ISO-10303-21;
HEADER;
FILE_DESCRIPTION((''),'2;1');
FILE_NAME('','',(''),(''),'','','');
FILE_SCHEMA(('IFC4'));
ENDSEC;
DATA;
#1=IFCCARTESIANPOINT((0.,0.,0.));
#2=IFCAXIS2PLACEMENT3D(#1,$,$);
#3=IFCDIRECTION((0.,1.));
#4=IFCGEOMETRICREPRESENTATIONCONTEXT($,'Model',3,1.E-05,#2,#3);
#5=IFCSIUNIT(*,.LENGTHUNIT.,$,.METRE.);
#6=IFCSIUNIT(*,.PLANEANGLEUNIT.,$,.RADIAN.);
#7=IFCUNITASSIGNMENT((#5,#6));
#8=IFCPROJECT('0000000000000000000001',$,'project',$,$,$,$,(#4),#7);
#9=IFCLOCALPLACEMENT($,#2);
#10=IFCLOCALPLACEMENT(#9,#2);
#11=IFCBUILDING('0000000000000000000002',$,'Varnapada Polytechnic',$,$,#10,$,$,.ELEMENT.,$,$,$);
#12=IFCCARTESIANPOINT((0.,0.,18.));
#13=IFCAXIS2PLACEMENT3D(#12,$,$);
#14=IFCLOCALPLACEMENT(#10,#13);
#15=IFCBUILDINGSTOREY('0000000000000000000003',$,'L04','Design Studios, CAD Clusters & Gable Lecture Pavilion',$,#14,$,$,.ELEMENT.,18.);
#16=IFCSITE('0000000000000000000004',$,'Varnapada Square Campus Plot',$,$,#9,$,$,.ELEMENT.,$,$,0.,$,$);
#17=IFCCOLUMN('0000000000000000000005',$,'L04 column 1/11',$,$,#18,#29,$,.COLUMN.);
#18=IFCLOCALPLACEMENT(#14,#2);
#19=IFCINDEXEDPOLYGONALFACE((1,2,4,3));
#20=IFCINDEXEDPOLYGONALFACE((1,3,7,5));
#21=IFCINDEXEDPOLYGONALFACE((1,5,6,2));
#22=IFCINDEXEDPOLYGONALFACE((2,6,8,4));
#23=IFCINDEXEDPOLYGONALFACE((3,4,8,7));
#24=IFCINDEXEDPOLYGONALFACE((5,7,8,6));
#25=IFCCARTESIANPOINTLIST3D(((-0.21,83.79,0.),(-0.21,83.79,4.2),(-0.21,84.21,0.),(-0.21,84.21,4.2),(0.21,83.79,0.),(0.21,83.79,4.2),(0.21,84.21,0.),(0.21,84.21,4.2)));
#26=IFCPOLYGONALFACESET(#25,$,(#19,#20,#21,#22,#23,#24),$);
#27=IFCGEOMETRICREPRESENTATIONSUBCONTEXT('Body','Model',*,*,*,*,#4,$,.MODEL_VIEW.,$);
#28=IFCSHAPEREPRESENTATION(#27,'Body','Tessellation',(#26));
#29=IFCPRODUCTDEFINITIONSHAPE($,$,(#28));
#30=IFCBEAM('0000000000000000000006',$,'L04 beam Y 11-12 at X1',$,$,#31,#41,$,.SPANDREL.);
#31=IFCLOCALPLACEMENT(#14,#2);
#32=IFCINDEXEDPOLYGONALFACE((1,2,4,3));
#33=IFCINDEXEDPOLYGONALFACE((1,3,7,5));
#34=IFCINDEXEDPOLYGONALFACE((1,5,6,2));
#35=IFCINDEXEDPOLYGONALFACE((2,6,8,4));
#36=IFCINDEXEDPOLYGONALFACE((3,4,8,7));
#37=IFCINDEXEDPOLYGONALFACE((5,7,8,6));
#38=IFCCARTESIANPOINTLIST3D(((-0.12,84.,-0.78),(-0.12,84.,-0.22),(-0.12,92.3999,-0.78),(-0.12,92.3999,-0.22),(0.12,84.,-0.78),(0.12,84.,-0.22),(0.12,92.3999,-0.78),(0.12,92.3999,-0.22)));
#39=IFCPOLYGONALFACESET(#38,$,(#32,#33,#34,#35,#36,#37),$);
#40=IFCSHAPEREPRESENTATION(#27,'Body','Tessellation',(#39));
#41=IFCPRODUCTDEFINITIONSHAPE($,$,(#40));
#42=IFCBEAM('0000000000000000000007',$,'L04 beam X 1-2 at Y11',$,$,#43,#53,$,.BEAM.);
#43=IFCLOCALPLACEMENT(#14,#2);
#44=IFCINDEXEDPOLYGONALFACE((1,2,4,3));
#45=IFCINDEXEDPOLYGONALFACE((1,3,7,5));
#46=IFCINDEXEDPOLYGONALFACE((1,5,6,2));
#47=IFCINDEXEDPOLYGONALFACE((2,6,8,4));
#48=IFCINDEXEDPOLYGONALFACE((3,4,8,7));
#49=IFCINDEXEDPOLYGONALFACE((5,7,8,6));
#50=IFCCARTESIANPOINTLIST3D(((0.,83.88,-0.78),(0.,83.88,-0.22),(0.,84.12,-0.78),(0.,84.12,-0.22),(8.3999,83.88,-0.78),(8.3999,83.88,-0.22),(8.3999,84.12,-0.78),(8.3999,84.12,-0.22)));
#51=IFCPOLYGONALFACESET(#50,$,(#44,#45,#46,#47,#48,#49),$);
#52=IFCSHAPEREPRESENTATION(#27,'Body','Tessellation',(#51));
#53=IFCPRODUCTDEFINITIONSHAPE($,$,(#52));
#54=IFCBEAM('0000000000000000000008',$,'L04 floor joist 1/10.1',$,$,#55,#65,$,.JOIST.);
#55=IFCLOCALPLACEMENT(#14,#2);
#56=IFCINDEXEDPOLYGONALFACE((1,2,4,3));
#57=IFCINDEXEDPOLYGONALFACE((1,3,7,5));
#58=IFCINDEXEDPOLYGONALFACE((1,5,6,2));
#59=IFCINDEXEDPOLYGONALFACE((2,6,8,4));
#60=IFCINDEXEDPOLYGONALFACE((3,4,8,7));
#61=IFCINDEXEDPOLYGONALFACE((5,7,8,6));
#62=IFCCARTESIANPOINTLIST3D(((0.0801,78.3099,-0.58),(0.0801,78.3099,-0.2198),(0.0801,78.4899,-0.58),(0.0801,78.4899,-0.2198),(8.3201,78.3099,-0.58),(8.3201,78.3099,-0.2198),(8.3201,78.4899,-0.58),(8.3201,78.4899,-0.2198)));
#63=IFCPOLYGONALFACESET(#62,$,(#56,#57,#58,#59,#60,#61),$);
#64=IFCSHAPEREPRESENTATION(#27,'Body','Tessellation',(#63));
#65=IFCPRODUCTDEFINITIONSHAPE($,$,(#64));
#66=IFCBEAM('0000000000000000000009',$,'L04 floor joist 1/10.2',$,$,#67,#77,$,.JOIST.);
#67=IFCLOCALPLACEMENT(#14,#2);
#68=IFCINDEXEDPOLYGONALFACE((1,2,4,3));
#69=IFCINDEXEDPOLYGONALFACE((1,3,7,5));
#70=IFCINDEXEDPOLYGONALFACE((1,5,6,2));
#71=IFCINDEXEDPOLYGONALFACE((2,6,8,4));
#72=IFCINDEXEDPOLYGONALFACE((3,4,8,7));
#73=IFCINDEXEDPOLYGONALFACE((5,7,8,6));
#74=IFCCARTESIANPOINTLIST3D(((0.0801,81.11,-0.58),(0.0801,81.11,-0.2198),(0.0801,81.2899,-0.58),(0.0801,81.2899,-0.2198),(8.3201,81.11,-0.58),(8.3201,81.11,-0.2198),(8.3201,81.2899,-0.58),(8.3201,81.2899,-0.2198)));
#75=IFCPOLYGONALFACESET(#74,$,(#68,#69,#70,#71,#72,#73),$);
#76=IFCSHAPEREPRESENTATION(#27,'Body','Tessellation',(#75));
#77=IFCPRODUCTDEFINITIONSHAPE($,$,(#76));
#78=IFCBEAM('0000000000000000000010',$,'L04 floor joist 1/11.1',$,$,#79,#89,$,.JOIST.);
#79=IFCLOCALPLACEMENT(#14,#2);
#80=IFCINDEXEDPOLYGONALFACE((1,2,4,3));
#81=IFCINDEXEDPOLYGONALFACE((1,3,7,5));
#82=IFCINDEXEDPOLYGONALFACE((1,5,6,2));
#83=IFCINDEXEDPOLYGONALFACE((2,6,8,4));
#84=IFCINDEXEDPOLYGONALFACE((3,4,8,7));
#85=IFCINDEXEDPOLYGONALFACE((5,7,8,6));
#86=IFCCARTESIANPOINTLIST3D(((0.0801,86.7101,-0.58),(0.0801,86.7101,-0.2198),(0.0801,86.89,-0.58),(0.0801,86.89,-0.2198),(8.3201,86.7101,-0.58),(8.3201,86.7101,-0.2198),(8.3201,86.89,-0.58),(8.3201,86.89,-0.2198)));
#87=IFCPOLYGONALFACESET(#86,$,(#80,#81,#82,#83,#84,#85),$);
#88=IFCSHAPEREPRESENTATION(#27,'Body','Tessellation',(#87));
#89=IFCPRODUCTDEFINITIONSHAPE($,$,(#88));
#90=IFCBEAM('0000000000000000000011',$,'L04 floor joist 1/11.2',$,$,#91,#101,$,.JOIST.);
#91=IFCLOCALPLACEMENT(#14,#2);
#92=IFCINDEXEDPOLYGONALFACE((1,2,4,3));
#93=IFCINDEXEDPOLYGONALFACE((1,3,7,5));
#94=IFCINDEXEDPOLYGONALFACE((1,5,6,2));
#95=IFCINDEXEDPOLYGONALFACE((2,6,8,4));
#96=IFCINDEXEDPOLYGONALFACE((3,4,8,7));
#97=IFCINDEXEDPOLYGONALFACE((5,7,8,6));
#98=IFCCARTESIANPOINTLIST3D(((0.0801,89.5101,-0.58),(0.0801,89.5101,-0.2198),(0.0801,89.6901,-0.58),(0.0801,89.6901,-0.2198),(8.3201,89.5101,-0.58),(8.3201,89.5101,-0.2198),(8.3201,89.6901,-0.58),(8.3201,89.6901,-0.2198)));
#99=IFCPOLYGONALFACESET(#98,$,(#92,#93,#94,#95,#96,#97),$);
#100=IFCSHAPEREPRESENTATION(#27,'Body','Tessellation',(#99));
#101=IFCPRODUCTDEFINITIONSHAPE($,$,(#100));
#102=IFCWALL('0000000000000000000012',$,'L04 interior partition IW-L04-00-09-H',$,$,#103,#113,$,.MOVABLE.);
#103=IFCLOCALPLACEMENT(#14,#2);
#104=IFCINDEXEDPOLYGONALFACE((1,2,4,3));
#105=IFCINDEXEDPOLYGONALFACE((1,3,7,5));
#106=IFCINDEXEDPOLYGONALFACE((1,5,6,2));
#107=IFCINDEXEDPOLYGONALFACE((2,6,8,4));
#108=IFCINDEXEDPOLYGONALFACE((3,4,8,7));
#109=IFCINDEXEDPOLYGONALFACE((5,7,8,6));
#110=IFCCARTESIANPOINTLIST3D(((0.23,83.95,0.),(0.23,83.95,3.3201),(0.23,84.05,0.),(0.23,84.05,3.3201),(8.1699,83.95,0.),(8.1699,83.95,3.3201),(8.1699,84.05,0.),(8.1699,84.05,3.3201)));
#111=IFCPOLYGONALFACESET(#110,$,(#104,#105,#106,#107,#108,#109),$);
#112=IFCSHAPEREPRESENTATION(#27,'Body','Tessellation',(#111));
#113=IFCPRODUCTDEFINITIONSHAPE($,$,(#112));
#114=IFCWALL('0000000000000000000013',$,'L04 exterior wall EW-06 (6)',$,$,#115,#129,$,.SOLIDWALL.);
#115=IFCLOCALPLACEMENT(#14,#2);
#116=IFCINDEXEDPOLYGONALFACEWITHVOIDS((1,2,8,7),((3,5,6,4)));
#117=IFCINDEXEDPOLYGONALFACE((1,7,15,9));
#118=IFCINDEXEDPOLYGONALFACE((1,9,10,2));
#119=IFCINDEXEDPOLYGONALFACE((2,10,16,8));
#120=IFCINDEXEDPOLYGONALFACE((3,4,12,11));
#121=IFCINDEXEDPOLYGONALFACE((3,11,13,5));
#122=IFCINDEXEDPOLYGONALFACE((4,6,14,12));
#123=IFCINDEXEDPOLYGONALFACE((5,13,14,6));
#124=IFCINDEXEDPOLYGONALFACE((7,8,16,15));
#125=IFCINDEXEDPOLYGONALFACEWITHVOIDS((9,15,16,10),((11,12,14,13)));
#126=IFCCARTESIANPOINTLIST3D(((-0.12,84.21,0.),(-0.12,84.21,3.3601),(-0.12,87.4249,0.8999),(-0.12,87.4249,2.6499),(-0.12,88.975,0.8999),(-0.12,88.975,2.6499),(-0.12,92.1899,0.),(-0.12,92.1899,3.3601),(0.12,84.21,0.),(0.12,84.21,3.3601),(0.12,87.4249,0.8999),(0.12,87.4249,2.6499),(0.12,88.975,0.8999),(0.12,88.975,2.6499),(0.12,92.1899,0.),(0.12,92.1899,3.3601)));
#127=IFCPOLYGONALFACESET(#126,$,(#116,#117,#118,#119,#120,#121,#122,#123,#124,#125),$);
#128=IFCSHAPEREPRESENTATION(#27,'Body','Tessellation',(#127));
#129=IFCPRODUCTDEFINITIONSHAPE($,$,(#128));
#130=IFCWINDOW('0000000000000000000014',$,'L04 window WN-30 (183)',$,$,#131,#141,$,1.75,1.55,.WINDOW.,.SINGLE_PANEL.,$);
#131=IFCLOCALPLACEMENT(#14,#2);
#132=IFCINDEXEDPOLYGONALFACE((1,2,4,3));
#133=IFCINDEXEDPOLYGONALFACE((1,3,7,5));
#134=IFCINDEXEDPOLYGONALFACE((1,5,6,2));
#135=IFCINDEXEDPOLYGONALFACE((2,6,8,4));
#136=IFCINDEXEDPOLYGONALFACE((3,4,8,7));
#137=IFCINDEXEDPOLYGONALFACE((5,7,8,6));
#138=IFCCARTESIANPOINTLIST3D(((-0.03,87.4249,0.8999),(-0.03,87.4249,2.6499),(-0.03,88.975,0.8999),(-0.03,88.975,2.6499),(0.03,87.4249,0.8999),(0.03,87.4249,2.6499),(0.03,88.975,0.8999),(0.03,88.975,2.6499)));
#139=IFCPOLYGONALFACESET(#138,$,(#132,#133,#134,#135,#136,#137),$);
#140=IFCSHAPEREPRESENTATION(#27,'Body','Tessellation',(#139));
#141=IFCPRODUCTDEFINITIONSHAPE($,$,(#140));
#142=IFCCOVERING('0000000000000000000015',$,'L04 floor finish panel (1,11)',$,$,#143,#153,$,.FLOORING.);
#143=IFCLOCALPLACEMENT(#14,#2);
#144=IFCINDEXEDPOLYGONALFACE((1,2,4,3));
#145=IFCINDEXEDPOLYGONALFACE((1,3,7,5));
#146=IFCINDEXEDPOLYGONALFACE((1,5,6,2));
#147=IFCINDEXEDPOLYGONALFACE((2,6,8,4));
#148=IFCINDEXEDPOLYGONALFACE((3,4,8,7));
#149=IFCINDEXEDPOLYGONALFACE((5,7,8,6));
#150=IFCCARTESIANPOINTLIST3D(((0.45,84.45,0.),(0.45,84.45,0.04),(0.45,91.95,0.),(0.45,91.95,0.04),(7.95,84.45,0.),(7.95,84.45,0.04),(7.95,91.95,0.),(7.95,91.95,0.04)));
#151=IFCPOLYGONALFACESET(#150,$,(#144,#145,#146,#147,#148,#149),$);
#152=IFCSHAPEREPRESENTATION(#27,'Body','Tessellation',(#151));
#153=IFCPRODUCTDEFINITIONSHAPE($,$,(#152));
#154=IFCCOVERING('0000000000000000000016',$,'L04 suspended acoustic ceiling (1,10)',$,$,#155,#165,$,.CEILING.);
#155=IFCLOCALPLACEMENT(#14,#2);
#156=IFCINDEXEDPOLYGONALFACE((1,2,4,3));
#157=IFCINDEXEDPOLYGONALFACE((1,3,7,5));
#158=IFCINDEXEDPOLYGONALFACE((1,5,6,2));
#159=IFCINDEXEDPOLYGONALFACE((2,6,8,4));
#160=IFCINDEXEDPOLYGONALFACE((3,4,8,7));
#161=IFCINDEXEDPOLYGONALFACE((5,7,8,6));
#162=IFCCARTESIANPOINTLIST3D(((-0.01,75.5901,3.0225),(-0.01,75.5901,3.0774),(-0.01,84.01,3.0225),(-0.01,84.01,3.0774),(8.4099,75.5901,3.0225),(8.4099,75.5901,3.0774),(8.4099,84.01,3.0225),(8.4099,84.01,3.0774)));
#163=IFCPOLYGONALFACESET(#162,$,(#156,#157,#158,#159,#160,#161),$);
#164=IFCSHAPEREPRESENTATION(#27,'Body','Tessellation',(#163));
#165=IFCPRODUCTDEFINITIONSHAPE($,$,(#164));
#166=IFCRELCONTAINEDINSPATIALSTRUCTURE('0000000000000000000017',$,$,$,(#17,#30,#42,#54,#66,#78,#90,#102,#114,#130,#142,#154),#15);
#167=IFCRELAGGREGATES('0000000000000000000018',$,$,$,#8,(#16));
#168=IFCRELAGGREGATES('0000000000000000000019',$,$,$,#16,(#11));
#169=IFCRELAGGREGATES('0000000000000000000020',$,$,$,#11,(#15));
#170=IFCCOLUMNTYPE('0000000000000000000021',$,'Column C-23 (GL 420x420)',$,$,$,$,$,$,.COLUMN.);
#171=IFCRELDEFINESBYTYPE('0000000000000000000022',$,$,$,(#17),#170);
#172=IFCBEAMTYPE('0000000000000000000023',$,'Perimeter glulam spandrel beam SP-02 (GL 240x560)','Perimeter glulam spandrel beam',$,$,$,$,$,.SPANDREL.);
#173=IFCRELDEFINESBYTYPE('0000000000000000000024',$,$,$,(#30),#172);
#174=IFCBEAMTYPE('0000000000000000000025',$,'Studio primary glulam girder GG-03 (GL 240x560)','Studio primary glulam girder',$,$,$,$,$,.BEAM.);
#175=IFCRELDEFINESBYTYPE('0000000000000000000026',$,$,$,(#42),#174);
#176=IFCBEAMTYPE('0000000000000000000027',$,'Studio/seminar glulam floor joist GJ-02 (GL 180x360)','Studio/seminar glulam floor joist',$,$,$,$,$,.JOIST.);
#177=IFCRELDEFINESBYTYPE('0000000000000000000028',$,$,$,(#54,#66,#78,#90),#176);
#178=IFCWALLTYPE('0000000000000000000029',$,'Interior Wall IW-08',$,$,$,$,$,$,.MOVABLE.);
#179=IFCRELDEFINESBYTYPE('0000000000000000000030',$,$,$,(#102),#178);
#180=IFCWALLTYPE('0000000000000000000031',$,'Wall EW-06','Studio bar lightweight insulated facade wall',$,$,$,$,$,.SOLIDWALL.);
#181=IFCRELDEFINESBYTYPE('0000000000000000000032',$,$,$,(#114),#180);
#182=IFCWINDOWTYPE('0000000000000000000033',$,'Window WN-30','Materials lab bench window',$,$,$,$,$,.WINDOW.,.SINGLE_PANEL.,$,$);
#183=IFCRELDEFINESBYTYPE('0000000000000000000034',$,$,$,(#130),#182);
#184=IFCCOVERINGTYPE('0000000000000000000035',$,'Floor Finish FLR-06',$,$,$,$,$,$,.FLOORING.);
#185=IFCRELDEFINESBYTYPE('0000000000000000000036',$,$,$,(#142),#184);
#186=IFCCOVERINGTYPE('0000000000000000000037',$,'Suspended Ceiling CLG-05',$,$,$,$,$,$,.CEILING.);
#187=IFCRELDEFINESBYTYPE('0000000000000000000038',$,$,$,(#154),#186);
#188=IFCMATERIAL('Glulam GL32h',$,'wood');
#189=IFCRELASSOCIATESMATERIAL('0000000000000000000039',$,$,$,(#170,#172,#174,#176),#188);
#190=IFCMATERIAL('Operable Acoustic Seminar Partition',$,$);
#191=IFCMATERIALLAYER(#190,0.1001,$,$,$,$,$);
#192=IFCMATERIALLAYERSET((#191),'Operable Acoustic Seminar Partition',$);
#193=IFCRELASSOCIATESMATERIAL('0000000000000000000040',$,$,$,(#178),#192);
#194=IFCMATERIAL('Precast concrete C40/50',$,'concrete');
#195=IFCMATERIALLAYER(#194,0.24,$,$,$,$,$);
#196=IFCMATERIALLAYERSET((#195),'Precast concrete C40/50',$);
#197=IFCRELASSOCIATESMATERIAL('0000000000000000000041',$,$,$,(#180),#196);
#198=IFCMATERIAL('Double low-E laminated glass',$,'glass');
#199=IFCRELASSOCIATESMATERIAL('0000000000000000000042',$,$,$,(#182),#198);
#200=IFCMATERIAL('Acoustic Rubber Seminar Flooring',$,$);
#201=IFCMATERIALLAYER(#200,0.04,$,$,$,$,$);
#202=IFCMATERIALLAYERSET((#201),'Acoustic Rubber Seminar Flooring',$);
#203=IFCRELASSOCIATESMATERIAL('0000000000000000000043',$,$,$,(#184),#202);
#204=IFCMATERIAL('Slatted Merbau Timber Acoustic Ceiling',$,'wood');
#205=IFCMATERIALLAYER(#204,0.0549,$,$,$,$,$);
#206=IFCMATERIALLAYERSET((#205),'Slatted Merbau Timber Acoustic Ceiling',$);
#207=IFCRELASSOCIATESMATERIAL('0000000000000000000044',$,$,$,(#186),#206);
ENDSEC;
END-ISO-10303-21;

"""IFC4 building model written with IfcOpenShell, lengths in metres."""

from ifc_helpers import new_model, si_unit, direction, frame, frame_2d, origin, origin_2d, place, context, subcontext, project, spatial, rectangle, extrude, material, layer, layer_set, material_profile, profile_set, type_object, element, fill, save


model = new_model("IFC4")

# Units and contexts
model_context = context("Model", 3, precision=1e-05, world=origin(), true_north=direction((0.0, 1.0)))
body_context = subcontext(model_context, "Body", "Model", "MODEL_VIEW")
ifc_project = project(units=[si_unit("LENGTHUNIT", "METRE"), si_unit("PLANEANGLEUNIT", "RADIAN")], contexts=[model_context])

# Site, building, storey
site_placement = place(None, origin())
site = spatial("IfcSite", under=ifc_project, at=site_placement, Name="Varnapada Square Campus Plot", CompositionType="ELEMENT", RefElevation=0.0)
building_placement = place(site_placement, origin())
building = spatial("IfcBuilding", under=site, at=building_placement, Name="Varnapada Polytechnic", CompositionType="ELEMENT")
storey_placement = place(building_placement, frame((0.0, 0.0, 18.0)))
storey = spatial("IfcBuildingStorey", under=building, at=storey_placement, Name="L04", Description="Design Studios, CAD Clusters & Gable Lecture Pavilion", CompositionType="ELEMENT", Elevation=18.0)

# Column
ifc_material_1 = material(Name="Glulam GL32h", Category="wood")
ifc_material_profile_1 = material_profile(ifc_material_1, rectangle(XDim=0.4199, YDim=0.4199, at=origin_2d()), Name="GL 420x420")
ifc_profile_set_1 = profile_set([ifc_material_profile_1], Name="Glulam GL32h")
column_type = type_object("IfcColumnType", Name="Column C-23 (GL 420x420)", PredefinedType="COLUMN", material=ifc_profile_set_1)
column_placement = place(storey_placement, frame((0.0, 84.0, 0.0), z_axis=(0.0, 0.0, 1.0), x_axis=(1.0, 0.0, 0.0)))
element("IfcColumn", 1, at=column_placement, inside=storey, type_object=column_type, Name="L04 column 1/11", PredefinedType="COLUMN", context=body_context, shape_type="SweptSolid", body=[
    extrude(rectangle(XDim=0.4199, YDim=0.4199, at=origin_2d()), origin(), (0.0, 0.0, 1.0), 4.2),
])

# Beams
ifc_material_profile_2 = material_profile(ifc_material_1, rectangle(XDim=0.24, YDim=0.5601, at=origin_2d()), Name="GL 240x560")
ifc_profile_set_2 = profile_set([ifc_material_profile_2], Name="Glulam GL32h")
beam_type_1 = type_object("IfcBeamType", Name="Perimeter glulam spandrel beam SP-02 (GL 240x560)", Description="Perimeter glulam spandrel beam", PredefinedType="SPANDREL", material=ifc_profile_set_2)
beam_1_placement = place(storey_placement, frame((0.0, 84.0, -0.5), z_axis=(0.0, 1.0, 0.0), x_axis=(-1.0, 0.0, 0.0)))
element("IfcBeam", 2, at=beam_1_placement, inside=storey, type_object=beam_type_1, Name="L04 beam Y 11-12 at X1", PredefinedType="SPANDREL", context=body_context, shape_type="SweptSolid", body=[
    extrude(rectangle(XDim=0.24, YDim=0.5601, at=origin_2d()), origin(), (0.0, 0.0, 1.0), 8.3999),
])
ifc_material_profile_3 = material_profile(ifc_material_1, rectangle(XDim=0.24, YDim=0.5601, at=origin_2d()), Name="GL 240x560")
ifc_profile_set_3 = profile_set([ifc_material_profile_3], Name="Glulam GL32h")
beam_type_2 = type_object("IfcBeamType", Name="Studio primary glulam girder GG-03 (GL 240x560)", Description="Studio primary glulam girder", PredefinedType="BEAM", material=ifc_profile_set_3)
beam_2_placement = place(storey_placement, frame((0.0, 84.0, -0.5), z_axis=(1.0, 0.0, 0.0), x_axis=(0.0, 1.0, 0.0)))
element("IfcBeam", 3, at=beam_2_placement, inside=storey, type_object=beam_type_2, Name="L04 beam X 1-2 at Y11", PredefinedType="BEAM", context=body_context, shape_type="SweptSolid", body=[
    extrude(rectangle(XDim=0.24, YDim=0.5601, at=origin_2d()), origin(), (0.0, 0.0, 1.0), 8.3999),
])
ifc_material_profile_4 = material_profile(ifc_material_1, rectangle(XDim=0.1799, YDim=0.3601, at=origin_2d()), Name="GL 180x360")
ifc_profile_set_4 = profile_set([ifc_material_profile_4], Name="Glulam GL32h")
beam_type_3 = type_object("IfcBeamType", Name="Studio/seminar glulam floor joist GJ-02 (GL 180x360)", Description="Studio/seminar glulam floor joist", PredefinedType="JOIST", material=ifc_profile_set_4)
for number, where, z_axis, x_axis, name in (
    (4, (0.0801, 78.3999, -0.3999), (1.0, 0.0, 0.0), (0.0, 1.0, 0.0), "L04 floor joist 1/10.1"),
    (5, (0.0801, 81.2, -0.3999), (1.0, 0.0, 0.0), (0.0, 1.0, 0.0), "L04 floor joist 1/10.2"),
    (6, (0.0801, 86.8, -0.3999), (1.0, 0.0, 0.0), (0.0, 1.0, 0.0), "L04 floor joist 1/11.1"),
    (7, (0.0801, 89.6001, -0.3999), (1.0, 0.0, 0.0), (0.0, 1.0, 0.0), "L04 floor joist 1/11.2"),
):
    element("IfcBeam", number, at=place(storey_placement, frame(where, z_axis=z_axis, x_axis=x_axis)), inside=storey, type_object=beam_type_3, Name=name, PredefinedType="JOIST", context=body_context, shape_type="SweptSolid", body=[
        extrude(rectangle(XDim=0.1799, YDim=0.3601, at=origin_2d()), origin(), (0.0, 0.0, 1.0), 8.24),
    ])

# Wall
ifc_material_2 = material(Name="Operable Acoustic Seminar Partition")
ifc_layer_1 = layer(ifc_material_2, 0.1001)
ifc_layer_set_1 = layer_set([ifc_layer_1], Name="Operable Acoustic Seminar Partition")
wall_type_1 = type_object("IfcWallType", Name="Interior Wall IW-08", PredefinedType="MOVABLE", material=ifc_layer_set_1)
wall_1_placement = place(storey_placement, frame((0.23, 84.0, 0.0), z_axis=(0.0, 0.0, 1.0), x_axis=(1.0, 0.0, 0.0)))
element("IfcWall", 8, at=wall_1_placement, inside=storey, type_object=wall_type_1, Name="L04 interior partition IW-L04-00-09-H", PredefinedType="MOVABLE", context=body_context, shape_type="SweptSolid", body=[
    extrude(rectangle(XDim=7.9399, YDim=0.1001, at=frame_2d((3.97, 0.0))), origin(), (0.0, 0.0, 1.0), 3.3201),
])

# Wall, opening, window
ifc_material_3 = material(Name="Precast concrete C40/50", Category="concrete")
ifc_layer_2 = layer(ifc_material_3, 0.24)
ifc_layer_set_2 = layer_set([ifc_layer_2], Name="Precast concrete C40/50")
wall_type_2 = type_object("IfcWallType", Name="Wall EW-06", Description="Studio bar lightweight insulated facade wall", PredefinedType="SOLIDWALL", material=ifc_layer_set_2)
wall_2_placement = place(storey_placement, frame((0.0, 84.21, 0.0), z_axis=(0.0, 0.0, 1.0), x_axis=(0.0, 1.0, 0.0)))
wall_2 = element("IfcWall", 9, at=wall_2_placement, inside=storey, type_object=wall_type_2, Name="L04 exterior wall EW-06 (6)", PredefinedType="SOLIDWALL", context=body_context, shape_type="SweptSolid", body=[
    extrude(rectangle(XDim=7.98, YDim=0.24, at=frame_2d((3.99, 0.0))), origin(), (0.0, 0.0, 1.0), 3.3601),
])
opening_1_placement = place(wall_2_placement, frame((3.2151, 0.0, 0.8999)))
opening_1 = element("IfcOpeningElement", 10, at=opening_1_placement, cuts=wall_2, PredefinedType="OPENING", context=body_context, shape_type="SweptSolid", body=[
    extrude(rectangle(XDim=1.55, YDim=1.75, at=frame_2d((0.7749, 0.875))), frame((0.0, 0.1299, 0.0), z_axis=(0.0, -1.0, 0.0), x_axis=(1.0, 0.0, 0.0)), (0.0, 0.0, 1.0), 0.26),
])
ifc_material_4 = material(Name="Double low-E laminated glass", Category="glass")
window_type = type_object("IfcWindowType", Name="Window WN-30", Description="Materials lab bench window", PartitioningType="SINGLE_PANEL", PredefinedType="WINDOW", material=ifc_material_4)
window_placement = place(opening_1_placement, origin())
window = element("IfcWindow", 11, at=window_placement, inside=storey, type_object=window_type, Name="L04 window WN-30 (183)", OverallHeight=1.75, OverallWidth=1.55, PartitioningType="SINGLE_PANEL", PredefinedType="WINDOW", context=body_context, shape_type="SweptSolid", body=[
    extrude(rectangle(XDim=1.55, YDim=1.75, at=frame_2d((0.7749, 0.875))), frame((0.0, 0.03, 0.0), z_axis=(0.0, -1.0, 0.0), x_axis=(1.0, 0.0, 0.0)), (0.0, 0.0, 1.0), 0.0601),
])
fill(opening_1, window)

# Coverings
ifc_material_5 = material(Name="Acoustic Rubber Seminar Flooring")
ifc_layer_3 = layer(ifc_material_5, 0.04)
ifc_layer_set_3 = layer_set([ifc_layer_3], Name="Acoustic Rubber Seminar Flooring")
covering_type_1 = type_object("IfcCoveringType", Name="Floor Finish FLR-06", PredefinedType="FLOORING", material=ifc_layer_set_3)
covering_1_placement = place(storey_placement, frame((4.2, 88.2, 0.0), z_axis=(0.0, 0.0, 1.0), x_axis=(1.0, 0.0, 0.0)))
element("IfcCovering", 12, at=covering_1_placement, inside=storey, type_object=covering_type_1, Name="L04 floor finish panel (1,11)", PredefinedType="FLOORING", context=body_context, shape_type="SweptSolid", body=[
    extrude(rectangle(XDim=7.5, YDim=7.5, at=origin_2d()), origin(), (0.0, 0.0, 1.0), 0.04),
])
ifc_material_6 = material(Name="Slatted Merbau Timber Acoustic Ceiling", Category="wood")
ifc_layer_4 = layer(ifc_material_6, 0.0549)
ifc_layer_set_4 = layer_set([ifc_layer_4], Name="Slatted Merbau Timber Acoustic Ceiling")
covering_type_2 = type_object("IfcCoveringType", Name="Suspended Ceiling CLG-05", PredefinedType="CEILING", material=ifc_layer_set_4)
covering_2_placement = place(storey_placement, frame((4.2, 79.8, 3.0225), z_axis=(0.0, 0.0, 1.0), x_axis=(1.0, 0.0, 0.0)))
element("IfcCovering", 13, at=covering_2_placement, inside=storey, type_object=covering_type_2, Name="L04 suspended acoustic ceiling (1,10)", PredefinedType="CEILING", context=body_context, shape_type="SweptSolid", body=[
    extrude(rectangle(XDim=8.4199, YDim=8.4199, at=origin_2d()), origin(), (0.0, 0.0, 1.0), 0.0549),
])

save(model, "model.ifc")
